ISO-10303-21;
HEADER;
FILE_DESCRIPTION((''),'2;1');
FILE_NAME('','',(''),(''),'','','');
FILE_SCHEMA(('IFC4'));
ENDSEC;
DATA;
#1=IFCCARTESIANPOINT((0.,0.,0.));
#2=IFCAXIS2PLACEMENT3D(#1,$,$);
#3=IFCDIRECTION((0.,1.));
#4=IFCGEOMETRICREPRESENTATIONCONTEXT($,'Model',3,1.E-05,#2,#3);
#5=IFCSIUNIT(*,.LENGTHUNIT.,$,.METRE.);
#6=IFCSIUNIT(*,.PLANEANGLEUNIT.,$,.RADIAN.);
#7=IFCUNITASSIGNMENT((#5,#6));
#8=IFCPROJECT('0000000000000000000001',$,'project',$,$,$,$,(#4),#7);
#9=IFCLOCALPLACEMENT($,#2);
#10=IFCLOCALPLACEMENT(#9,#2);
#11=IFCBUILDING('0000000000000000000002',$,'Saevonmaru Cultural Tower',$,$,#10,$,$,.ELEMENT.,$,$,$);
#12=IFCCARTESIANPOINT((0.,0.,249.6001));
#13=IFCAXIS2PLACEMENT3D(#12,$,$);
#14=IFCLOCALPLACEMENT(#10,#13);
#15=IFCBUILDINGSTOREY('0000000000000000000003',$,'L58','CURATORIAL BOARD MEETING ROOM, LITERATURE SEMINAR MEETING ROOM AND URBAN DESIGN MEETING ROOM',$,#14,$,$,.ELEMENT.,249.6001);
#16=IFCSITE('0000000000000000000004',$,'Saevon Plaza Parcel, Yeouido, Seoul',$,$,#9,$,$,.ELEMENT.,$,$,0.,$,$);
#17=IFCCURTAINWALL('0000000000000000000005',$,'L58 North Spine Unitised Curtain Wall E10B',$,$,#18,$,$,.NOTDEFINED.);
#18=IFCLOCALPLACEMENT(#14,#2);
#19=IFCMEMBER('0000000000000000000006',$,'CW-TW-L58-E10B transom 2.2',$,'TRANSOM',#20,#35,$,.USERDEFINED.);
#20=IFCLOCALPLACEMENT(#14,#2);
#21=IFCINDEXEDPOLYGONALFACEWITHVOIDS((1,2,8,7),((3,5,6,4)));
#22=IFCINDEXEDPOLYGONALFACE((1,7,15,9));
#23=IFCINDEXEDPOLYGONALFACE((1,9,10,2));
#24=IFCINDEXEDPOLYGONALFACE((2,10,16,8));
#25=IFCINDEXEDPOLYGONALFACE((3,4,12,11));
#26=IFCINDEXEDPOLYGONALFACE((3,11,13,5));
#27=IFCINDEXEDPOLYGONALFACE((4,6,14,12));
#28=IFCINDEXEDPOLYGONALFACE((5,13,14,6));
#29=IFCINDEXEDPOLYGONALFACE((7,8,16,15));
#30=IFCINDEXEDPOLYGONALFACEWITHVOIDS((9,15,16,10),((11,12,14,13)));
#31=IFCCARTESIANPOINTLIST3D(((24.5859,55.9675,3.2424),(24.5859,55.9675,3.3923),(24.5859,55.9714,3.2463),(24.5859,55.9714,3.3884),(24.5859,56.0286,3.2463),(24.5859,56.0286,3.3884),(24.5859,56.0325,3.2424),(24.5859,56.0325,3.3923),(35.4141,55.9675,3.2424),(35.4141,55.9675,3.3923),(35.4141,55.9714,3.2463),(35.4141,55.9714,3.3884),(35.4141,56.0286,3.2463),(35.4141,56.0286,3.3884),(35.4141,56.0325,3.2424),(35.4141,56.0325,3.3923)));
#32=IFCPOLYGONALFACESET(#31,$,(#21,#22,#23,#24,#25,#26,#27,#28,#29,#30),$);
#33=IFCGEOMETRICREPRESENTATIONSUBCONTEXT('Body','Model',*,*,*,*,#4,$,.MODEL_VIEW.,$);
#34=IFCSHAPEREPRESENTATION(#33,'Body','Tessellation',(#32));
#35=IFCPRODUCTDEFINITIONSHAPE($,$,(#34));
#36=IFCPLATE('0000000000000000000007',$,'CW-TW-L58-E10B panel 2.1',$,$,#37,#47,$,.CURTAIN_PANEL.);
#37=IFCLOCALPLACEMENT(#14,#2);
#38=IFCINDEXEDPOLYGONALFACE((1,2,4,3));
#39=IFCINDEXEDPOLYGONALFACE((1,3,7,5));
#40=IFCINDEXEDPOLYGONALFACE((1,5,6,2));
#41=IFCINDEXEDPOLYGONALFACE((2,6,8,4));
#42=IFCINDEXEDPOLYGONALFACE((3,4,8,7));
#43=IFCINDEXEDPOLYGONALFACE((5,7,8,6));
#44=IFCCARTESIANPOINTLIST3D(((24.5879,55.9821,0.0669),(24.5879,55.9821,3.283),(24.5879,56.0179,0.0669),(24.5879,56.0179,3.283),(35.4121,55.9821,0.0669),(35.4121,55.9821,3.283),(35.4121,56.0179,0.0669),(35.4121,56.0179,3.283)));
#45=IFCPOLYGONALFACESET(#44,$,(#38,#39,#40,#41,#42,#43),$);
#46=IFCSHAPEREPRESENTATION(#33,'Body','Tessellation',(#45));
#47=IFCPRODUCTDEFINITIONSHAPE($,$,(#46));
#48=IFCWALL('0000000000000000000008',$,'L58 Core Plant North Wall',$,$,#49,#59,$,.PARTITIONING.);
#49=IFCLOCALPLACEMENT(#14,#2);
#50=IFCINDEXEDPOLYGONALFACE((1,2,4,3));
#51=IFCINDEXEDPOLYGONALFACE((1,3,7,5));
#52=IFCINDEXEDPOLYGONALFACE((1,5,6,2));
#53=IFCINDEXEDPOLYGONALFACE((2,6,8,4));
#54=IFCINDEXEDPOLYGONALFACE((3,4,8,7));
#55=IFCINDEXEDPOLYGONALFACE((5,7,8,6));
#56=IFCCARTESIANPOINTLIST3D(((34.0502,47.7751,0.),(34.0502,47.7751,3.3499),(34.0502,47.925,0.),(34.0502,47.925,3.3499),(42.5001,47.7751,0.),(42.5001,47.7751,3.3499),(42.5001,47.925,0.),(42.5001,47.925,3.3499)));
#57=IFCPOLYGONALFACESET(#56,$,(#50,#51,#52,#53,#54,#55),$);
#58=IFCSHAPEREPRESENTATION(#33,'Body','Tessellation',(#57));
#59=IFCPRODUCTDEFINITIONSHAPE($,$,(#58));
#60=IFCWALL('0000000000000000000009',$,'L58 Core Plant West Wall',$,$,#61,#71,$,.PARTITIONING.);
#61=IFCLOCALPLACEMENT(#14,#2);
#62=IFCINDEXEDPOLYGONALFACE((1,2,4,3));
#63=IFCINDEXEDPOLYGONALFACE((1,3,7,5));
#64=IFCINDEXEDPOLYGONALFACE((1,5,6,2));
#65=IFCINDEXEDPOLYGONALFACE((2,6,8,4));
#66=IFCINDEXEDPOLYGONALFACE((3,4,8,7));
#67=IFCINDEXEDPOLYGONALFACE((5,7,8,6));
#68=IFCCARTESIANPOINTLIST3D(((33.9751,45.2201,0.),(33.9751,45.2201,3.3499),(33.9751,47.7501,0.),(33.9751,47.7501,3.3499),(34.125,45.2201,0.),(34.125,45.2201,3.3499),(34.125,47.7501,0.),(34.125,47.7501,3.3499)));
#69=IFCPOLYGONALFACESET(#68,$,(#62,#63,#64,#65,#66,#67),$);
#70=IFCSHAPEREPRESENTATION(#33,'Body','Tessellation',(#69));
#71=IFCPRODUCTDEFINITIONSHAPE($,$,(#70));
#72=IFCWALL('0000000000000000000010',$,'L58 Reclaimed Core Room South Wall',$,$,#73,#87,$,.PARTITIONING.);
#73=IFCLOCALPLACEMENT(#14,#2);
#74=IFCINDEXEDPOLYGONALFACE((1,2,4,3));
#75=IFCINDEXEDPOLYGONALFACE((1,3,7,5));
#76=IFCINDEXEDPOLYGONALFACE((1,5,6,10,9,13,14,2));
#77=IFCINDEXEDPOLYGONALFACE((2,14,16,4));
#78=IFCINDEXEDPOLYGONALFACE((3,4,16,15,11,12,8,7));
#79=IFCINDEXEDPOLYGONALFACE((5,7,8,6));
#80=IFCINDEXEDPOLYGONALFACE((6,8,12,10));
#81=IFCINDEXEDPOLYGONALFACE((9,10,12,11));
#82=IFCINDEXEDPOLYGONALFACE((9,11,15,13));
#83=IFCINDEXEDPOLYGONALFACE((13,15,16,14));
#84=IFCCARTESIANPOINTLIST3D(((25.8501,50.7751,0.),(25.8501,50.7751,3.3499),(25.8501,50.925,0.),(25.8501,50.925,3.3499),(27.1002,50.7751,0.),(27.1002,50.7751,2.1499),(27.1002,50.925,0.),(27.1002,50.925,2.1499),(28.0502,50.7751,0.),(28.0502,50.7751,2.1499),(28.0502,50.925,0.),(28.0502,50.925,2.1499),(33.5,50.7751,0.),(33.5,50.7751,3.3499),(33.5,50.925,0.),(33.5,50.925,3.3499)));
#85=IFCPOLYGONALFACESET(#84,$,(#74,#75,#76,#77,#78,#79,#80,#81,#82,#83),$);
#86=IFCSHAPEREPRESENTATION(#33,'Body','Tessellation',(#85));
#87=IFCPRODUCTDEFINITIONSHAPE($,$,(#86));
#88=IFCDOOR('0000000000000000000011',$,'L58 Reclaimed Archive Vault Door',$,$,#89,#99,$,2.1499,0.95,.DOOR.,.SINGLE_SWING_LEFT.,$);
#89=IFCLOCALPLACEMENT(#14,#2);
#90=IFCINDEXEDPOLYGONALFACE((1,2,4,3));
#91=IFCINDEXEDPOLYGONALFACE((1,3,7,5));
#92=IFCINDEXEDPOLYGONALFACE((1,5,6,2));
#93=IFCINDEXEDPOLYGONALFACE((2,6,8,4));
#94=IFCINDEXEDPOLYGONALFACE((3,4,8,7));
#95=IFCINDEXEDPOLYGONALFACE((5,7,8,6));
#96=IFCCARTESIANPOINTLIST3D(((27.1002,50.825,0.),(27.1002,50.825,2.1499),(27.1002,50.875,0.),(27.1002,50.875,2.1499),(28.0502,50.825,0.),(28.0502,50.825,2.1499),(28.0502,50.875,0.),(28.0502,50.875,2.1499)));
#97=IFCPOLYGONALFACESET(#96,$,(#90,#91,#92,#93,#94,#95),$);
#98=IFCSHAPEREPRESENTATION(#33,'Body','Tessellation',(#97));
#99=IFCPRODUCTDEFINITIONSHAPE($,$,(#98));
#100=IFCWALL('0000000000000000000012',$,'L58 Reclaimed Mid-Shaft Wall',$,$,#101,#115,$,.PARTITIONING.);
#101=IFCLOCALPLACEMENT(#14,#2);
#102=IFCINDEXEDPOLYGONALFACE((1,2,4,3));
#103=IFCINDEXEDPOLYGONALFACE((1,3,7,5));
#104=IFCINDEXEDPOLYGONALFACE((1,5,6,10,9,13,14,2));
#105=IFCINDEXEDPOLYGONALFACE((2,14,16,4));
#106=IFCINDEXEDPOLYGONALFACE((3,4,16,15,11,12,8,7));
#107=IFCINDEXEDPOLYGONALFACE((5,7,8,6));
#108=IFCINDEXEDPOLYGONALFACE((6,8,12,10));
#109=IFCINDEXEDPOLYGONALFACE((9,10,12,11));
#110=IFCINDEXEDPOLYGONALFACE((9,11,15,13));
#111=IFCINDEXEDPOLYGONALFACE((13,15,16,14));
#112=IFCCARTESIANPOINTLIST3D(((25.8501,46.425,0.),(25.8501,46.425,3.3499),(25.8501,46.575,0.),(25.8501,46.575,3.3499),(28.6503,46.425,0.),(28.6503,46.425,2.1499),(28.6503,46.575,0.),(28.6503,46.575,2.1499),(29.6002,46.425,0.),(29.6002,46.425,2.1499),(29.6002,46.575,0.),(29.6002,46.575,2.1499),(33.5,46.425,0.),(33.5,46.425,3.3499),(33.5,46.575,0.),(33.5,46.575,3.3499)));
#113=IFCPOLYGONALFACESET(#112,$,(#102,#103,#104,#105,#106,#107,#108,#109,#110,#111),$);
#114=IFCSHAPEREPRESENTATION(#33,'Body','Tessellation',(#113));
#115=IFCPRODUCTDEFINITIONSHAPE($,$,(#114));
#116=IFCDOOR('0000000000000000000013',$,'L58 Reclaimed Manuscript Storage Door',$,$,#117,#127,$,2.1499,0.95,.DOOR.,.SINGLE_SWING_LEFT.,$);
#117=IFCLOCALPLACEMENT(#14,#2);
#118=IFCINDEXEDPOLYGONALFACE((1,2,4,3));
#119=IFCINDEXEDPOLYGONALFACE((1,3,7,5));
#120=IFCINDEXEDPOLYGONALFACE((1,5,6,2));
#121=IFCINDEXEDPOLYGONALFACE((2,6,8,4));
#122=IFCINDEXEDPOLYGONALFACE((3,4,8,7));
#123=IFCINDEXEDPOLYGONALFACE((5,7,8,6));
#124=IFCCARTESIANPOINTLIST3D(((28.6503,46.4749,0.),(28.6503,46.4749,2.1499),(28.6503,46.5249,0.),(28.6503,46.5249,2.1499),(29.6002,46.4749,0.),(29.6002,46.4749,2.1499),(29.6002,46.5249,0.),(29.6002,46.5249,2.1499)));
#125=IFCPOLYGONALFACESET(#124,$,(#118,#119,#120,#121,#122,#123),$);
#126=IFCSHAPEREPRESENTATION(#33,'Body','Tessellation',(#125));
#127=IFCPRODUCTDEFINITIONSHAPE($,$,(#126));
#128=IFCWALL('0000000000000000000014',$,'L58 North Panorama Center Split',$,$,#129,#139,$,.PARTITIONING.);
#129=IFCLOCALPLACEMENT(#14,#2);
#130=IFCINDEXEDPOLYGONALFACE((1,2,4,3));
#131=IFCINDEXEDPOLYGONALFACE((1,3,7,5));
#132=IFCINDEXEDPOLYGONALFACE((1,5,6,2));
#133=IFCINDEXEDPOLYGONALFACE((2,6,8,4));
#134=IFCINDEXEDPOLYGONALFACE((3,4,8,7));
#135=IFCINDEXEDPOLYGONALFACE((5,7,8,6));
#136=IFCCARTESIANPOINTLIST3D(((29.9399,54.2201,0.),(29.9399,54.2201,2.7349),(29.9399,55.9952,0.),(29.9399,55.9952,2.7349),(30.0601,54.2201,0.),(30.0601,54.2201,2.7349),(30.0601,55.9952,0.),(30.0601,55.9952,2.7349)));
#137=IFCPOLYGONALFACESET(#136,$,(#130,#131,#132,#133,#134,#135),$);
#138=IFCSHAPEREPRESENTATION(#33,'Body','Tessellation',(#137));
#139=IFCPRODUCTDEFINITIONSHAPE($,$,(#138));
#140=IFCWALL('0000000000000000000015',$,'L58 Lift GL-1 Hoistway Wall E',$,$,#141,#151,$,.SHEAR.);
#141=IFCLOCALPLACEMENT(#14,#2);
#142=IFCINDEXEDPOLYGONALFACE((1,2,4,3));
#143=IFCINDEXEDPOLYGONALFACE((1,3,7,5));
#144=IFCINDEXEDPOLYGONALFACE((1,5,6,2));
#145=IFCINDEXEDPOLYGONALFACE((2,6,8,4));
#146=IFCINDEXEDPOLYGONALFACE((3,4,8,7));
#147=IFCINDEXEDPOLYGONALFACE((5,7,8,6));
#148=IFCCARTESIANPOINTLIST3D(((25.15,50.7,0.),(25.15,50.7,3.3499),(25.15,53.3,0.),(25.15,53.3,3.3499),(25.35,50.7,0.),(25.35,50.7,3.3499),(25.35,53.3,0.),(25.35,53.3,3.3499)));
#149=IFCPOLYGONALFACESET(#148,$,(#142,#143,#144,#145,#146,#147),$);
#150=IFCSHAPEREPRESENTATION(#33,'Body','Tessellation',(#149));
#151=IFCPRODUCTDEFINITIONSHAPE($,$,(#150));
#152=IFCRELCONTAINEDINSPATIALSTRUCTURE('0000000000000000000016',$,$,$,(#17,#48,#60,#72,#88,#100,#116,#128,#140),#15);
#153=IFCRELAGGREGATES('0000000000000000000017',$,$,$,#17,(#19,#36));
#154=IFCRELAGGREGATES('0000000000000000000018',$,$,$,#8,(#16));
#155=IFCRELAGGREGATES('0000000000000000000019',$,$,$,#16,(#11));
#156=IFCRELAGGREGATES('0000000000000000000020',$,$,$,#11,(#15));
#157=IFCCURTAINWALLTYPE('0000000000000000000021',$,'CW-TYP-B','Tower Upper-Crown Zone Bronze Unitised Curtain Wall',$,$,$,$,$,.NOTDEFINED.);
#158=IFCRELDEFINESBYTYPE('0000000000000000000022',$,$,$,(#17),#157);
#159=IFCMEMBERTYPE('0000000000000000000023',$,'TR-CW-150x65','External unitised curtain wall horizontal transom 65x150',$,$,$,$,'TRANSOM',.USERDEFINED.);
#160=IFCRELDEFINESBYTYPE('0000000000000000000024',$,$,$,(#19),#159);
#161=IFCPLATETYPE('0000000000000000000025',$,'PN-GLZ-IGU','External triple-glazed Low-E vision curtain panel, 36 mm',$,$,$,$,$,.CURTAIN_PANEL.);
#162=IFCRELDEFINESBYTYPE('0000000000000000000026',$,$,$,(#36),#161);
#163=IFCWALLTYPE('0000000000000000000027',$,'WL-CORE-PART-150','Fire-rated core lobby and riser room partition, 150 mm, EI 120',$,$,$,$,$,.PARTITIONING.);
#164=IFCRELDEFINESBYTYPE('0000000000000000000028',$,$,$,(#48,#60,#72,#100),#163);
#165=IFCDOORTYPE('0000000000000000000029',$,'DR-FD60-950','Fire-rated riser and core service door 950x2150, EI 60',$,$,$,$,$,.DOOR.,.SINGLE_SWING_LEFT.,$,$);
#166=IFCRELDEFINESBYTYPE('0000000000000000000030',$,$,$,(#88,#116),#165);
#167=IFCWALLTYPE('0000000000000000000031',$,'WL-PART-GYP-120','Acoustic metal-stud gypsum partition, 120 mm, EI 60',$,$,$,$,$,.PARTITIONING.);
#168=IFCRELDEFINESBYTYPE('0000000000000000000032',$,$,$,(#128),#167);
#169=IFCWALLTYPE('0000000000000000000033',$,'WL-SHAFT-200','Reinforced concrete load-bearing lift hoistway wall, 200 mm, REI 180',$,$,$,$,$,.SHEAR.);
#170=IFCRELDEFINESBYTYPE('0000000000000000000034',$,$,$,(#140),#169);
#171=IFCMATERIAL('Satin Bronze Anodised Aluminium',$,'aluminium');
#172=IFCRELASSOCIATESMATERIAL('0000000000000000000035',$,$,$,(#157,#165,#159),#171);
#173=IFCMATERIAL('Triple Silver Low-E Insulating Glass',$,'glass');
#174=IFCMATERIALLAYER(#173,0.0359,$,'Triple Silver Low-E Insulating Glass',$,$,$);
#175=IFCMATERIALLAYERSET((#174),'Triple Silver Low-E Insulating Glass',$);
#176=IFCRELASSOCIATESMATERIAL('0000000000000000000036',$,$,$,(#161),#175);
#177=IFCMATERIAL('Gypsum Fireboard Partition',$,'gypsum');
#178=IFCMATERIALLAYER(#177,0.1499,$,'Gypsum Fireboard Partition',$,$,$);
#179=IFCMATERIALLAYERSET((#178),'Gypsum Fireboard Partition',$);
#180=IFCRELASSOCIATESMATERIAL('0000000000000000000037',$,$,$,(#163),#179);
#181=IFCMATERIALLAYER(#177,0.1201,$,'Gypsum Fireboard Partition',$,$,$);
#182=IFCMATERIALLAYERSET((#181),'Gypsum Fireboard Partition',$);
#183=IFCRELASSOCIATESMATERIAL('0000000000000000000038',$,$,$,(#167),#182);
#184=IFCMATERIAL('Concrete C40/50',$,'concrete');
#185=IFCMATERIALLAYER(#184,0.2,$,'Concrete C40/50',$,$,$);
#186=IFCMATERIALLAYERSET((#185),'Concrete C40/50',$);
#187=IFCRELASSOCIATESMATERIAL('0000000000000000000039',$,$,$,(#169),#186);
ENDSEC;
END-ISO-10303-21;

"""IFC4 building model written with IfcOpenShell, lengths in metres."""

from ifc_helpers import new_model, si_unit, direction, frame, frame_2d, origin, origin_2d, place, context, subcontext, project, spatial, rectangle, hollow_rectangle, extrude, material, layer, layer_set, material_profile, profile_set, type_object, element, fill, aggregate, save


model = new_model("IFC4")

# Units and contexts
model_context = context("Model", 3, precision=1e-05, world=origin(), true_north=direction((0.0, 1.0)))
body_context = subcontext(model_context, "Body", "Model", "MODEL_VIEW")
ifc_project = project(units=[si_unit("LENGTHUNIT", "METRE"), si_unit("PLANEANGLEUNIT", "RADIAN")], contexts=[model_context])

# Site, building, storey
site_placement = place(None, origin())
site = spatial("IfcSite", under=ifc_project, at=site_placement, Name="Saevon Plaza Parcel, Yeouido, Seoul", CompositionType="ELEMENT", RefElevation=0.0)
building_placement = place(site_placement, origin())
building = spatial("IfcBuilding", under=site, at=building_placement, Name="Saevonmaru Cultural Tower", CompositionType="ELEMENT")
storey_placement = place(building_placement, frame((0.0, 0.0, 249.6001)))
storey = spatial("IfcBuildingStorey", under=building, at=storey_placement, Name="L58", Description="CURATORIAL BOARD MEETING ROOM, LITERATURE SEMINAR MEETING ROOM AND URBAN DESIGN MEETING ROOM", CompositionType="ELEMENT", Elevation=249.6001)

# Curtain wall, member, plate
ifc_material_1 = material(Name="Satin Bronze Anodised Aluminium", Category="aluminium")
curtain_wall_type = type_object("IfcCurtainWallType", Name="CW-TYP-B", Description="Tower Upper-Crown Zone Bronze Unitised Curtain Wall", PredefinedType="NOTDEFINED", material=ifc_material_1)
curtain_wall_placement = place(storey_placement, origin())
curtain_wall = element("IfcCurtainWall", 1, at=curtain_wall_placement, inside=storey, type_object=curtain_wall_type, Name="L58 North Spine Unitised Curtain Wall E10B", PredefinedType="NOTDEFINED")
ifc_material_profile_1 = material_profile(ifc_material_1, hollow_rectangle(XDim=0.0649, YDim=0.1499, WallThickness=0.0039, at=origin_2d()), Name="ALU-TRAN-150x65x4")
ifc_profile_set_1 = profile_set([ifc_material_profile_1], Name="Satin Bronze Anodised Aluminium")
member_type_1 = type_object("IfcMemberType", Name="TR-CW-150x65", Description="External unitised curtain wall horizontal transom 65x150", ElementType="TRANSOM", PredefinedType="USERDEFINED", material=ifc_profile_set_1)
member_1_placement = place(storey_placement, frame((35.4141, 56.0, 3.3174), z_axis=(-1.0, 0.0, 0.0), x_axis=(0.0, -1.0, 0.0)))
member_1 = element("IfcMember", 2, at=member_1_placement, type_object=member_type_1, Name="CW-TW-L58-E10B transom 2.2", ObjectType="TRANSOM", PredefinedType="USERDEFINED", context=body_context, shape_type="SweptSolid", body=[
    extrude(hollow_rectangle(XDim=0.0649, YDim=0.1499, WallThickness=0.0039, at=origin_2d()), origin(), (0.0, 0.0, 1.0), 10.8281),
])
ifc_material_2 = material(Name="Triple Silver Low-E Insulating Glass", Category="glass")
ifc_layer_1 = layer(ifc_material_2, 0.0359, Name="Triple Silver Low-E Insulating Glass")
ifc_layer_set_1 = layer_set([ifc_layer_1], Name="Triple Silver Low-E Insulating Glass")
plate_type = type_object("IfcPlateType", Name="PN-GLZ-IGU", Description="External triple-glazed Low-E vision curtain panel, 36 mm", PredefinedType="CURTAIN_PANEL", material=ifc_layer_set_1)
plate_placement = place(storey_placement, frame((30.0, 56.0, 0.0669), z_axis=(0.0, 0.0, 1.0), x_axis=(-1.0, 0.0, 0.0)))
plate = element("IfcPlate", 3, at=plate_placement, type_object=plate_type, Name="CW-TW-L58-E10B panel 2.1", PredefinedType="CURTAIN_PANEL", context=body_context, shape_type="SweptSolid", body=[
    extrude(rectangle(XDim=10.8242, YDim=0.0359, at=origin_2d()), origin(), (0.0, 0.0, 1.0), 3.2161),
])
aggregate(curtain_wall, [member_1, plate])

# Shared definitions
ifc_material_3 = material(Name="Gypsum Fireboard Partition", Category="gypsum")
ifc_layer_2 = layer(ifc_material_3, 0.1499, Name="Gypsum Fireboard Partition")
ifc_layer_set_2 = layer_set([ifc_layer_2], Name="Gypsum Fireboard Partition")
wall_type_1 = type_object("IfcWallType", Name="WL-CORE-PART-150", Description="Fire-rated core lobby and riser room partition, 150 mm, EI 120", PredefinedType="PARTITIONING", material=ifc_layer_set_2)

# Shared definitions
door_type_1 = type_object("IfcDoorType", Name="DR-FD60-950", Description="Fire-rated riser and core service door 950x2150, EI 60", OperationType="SINGLE_SWING_LEFT", PredefinedType="DOOR", material=ifc_material_1)

# Walls
wall_1_placement = place(storey_placement, frame((34.05, 47.8501, 0.0), z_axis=(0.0, 0.0, 1.0), x_axis=(1.0, 0.0, 0.0)))
element("IfcWall", 4, at=wall_1_placement, inside=storey, type_object=wall_type_1, Name="L58 Core Plant North Wall", PredefinedType="PARTITIONING", context=body_context, shape_type="SweptSolid", body=[
    extrude(rectangle(XDim=8.45, YDim=0.1499, at=frame_2d((4.2251, 0.0))), origin(), (0.0, 0.0, 1.0), 3.3499),
])
wall_2_placement = place(storey_placement, frame((34.05, 45.22, 0.0), z_axis=(0.0, 0.0, 1.0), x_axis=(0.0, 1.0, 0.0)))
element("IfcWall", 5, at=wall_2_placement, inside=storey, type_object=wall_type_1, Name="L58 Core Plant West Wall", PredefinedType="PARTITIONING", context=body_context, shape_type="SweptSolid", body=[
    extrude(rectangle(XDim=2.53, YDim=0.1499, at=frame_2d((1.2651, 0.0))), origin(), (0.0, 0.0, 1.0), 3.3499),
])

# Walls, openings, doors
wall_3_placement = place(storey_placement, frame((25.8501, 50.8501, 0.0), z_axis=(0.0, 0.0, 1.0), x_axis=(1.0, 0.0, 0.0)))
wall_3 = element("IfcWall", 6, at=wall_3_placement, inside=storey, type_object=wall_type_1, Name="L58 Reclaimed Core Room South Wall", PredefinedType="PARTITIONING", context=body_context, shape_type="SweptSolid", body=[
    extrude(rectangle(XDim=7.6499, YDim=0.1499, at=frame_2d((3.825, 0.0))), origin(), (0.0, 0.0, 1.0), 3.3499),
])
opening_1_placement = place(wall_3_placement, frame((1.25, 0.0, 0.0)))
opening_1 = element("IfcOpeningElement", 7, at=opening_1_placement, cuts=wall_3, PredefinedType="OPENING", context=body_context, shape_type="SweptSolid", body=[
    extrude(rectangle(XDim=0.95, YDim=2.1499, at=frame_2d((0.4751, 1.075))), frame((0.0, 0.085, 0.0), z_axis=(0.0, -1.0, 0.0), x_axis=(1.0, 0.0, 0.0)), (0.0, 0.0, 1.0), 0.1699),
])
door_1_placement = place(opening_1_placement, origin())
door_1 = element("IfcDoor", 8, at=door_1_placement, inside=storey, type_object=door_type_1, Name="L58 Reclaimed Archive Vault Door", OperationType="SINGLE_SWING_LEFT", OverallHeight=2.1499, OverallWidth=0.95, PredefinedType="DOOR", context=body_context, shape_type="SweptSolid", body=[
    extrude(rectangle(XDim=0.95, YDim=2.1499, at=frame_2d((0.4751, 1.075))), frame((0.0, 0.0249, 0.0), z_axis=(0.0, -1.0, 0.0), x_axis=(1.0, 0.0, 0.0)), (0.0, 0.0, 1.0), 0.05),
])
fill(opening_1, door_1)
wall_4_placement = place(storey_placement, frame((25.8501, 46.5, 0.0), z_axis=(0.0, 0.0, 1.0), x_axis=(1.0, 0.0, 0.0)))
wall_4 = element("IfcWall", 9, at=wall_4_placement, inside=storey, type_object=wall_type_1, Name="L58 Reclaimed Mid-Shaft Wall", PredefinedType="PARTITIONING", context=body_context, shape_type="SweptSolid", body=[
    extrude(rectangle(XDim=7.6499, YDim=0.1499, at=frame_2d((3.825, 0.0))), origin(), (0.0, 0.0, 1.0), 3.3499),
])
opening_2_placement = place(wall_4_placement, frame((2.8, 0.0, 0.0)))
opening_2 = element("IfcOpeningElement", 10, at=opening_2_placement, cuts=wall_4, PredefinedType="OPENING", context=body_context, shape_type="SweptSolid", body=[
    extrude(rectangle(XDim=0.95, YDim=2.1499, at=frame_2d((0.4751, 1.075))), frame((0.0, 0.085, 0.0), z_axis=(0.0, -1.0, 0.0), x_axis=(1.0, 0.0, 0.0)), (0.0, 0.0, 1.0), 0.1699),
])
door_2_placement = place(opening_2_placement, origin())
door_2 = element("IfcDoor", 11, at=door_2_placement, inside=storey, type_object=door_type_1, Name="L58 Reclaimed Manuscript Storage Door", OperationType="SINGLE_SWING_LEFT", OverallHeight=2.1499, OverallWidth=0.95, PredefinedType="DOOR", context=body_context, shape_type="SweptSolid", body=[
    extrude(rectangle(XDim=0.95, YDim=2.1499, at=frame_2d((0.4751, 1.075))), frame((0.0, 0.0249, 0.0), z_axis=(0.0, -1.0, 0.0), x_axis=(1.0, 0.0, 0.0)), (0.0, 0.0, 1.0), 0.05),
])
fill(opening_2, door_2)

# Walls
ifc_layer_3 = layer(ifc_material_3, 0.1201, Name="Gypsum Fireboard Partition")
ifc_layer_set_3 = layer_set([ifc_layer_3], Name="Gypsum Fireboard Partition")
wall_type_2 = type_object("IfcWallType", Name="WL-PART-GYP-120", Description="Acoustic metal-stud gypsum partition, 120 mm, EI 60", PredefinedType="PARTITIONING", material=ifc_layer_set_3)
wall_5_placement = place(storey_placement, frame((30.0, 54.22, 0.0), z_axis=(0.0, 0.0, 1.0), x_axis=(0.0, 1.0, 0.0)))
element("IfcWall", 12, at=wall_5_placement, inside=storey, type_object=wall_type_2, Name="L58 North Panorama Center Split", PredefinedType="PARTITIONING", context=body_context, shape_type="SweptSolid", body=[
    extrude(rectangle(XDim=1.7751, YDim=0.1201, at=frame_2d((0.8877, 0.0))), origin(), (0.0, 0.0, 1.0), 2.7349),
])
ifc_material_4 = material(Name="Concrete C40/50", Category="concrete")
ifc_layer_4 = layer(ifc_material_4, 0.2, Name="Concrete C40/50")
ifc_layer_set_4 = layer_set([ifc_layer_4], Name="Concrete C40/50")
wall_type_3 = type_object("IfcWallType", Name="WL-SHAFT-200", Description="Reinforced concrete load-bearing lift hoistway wall, 200 mm, REI 180", PredefinedType="SHEAR", material=ifc_layer_set_4)
wall_6_placement = place(storey_placement, frame((25.25, 50.7, 0.0), z_axis=(0.0, 0.0, 1.0), x_axis=(0.0, 1.0, 0.0)))
element("IfcWall", 13, at=wall_6_placement, inside=storey, type_object=wall_type_3, Name="L58 Lift GL-1 Hoistway Wall E", PredefinedType="SHEAR", context=body_context, shape_type="SweptSolid", body=[
    extrude(rectangle(XDim=2.6001, YDim=0.2, at=frame_2d((1.3, 0.0))), origin(), (0.0, 0.0, 1.0), 3.3499),
])

save(model, "model.ifc")
